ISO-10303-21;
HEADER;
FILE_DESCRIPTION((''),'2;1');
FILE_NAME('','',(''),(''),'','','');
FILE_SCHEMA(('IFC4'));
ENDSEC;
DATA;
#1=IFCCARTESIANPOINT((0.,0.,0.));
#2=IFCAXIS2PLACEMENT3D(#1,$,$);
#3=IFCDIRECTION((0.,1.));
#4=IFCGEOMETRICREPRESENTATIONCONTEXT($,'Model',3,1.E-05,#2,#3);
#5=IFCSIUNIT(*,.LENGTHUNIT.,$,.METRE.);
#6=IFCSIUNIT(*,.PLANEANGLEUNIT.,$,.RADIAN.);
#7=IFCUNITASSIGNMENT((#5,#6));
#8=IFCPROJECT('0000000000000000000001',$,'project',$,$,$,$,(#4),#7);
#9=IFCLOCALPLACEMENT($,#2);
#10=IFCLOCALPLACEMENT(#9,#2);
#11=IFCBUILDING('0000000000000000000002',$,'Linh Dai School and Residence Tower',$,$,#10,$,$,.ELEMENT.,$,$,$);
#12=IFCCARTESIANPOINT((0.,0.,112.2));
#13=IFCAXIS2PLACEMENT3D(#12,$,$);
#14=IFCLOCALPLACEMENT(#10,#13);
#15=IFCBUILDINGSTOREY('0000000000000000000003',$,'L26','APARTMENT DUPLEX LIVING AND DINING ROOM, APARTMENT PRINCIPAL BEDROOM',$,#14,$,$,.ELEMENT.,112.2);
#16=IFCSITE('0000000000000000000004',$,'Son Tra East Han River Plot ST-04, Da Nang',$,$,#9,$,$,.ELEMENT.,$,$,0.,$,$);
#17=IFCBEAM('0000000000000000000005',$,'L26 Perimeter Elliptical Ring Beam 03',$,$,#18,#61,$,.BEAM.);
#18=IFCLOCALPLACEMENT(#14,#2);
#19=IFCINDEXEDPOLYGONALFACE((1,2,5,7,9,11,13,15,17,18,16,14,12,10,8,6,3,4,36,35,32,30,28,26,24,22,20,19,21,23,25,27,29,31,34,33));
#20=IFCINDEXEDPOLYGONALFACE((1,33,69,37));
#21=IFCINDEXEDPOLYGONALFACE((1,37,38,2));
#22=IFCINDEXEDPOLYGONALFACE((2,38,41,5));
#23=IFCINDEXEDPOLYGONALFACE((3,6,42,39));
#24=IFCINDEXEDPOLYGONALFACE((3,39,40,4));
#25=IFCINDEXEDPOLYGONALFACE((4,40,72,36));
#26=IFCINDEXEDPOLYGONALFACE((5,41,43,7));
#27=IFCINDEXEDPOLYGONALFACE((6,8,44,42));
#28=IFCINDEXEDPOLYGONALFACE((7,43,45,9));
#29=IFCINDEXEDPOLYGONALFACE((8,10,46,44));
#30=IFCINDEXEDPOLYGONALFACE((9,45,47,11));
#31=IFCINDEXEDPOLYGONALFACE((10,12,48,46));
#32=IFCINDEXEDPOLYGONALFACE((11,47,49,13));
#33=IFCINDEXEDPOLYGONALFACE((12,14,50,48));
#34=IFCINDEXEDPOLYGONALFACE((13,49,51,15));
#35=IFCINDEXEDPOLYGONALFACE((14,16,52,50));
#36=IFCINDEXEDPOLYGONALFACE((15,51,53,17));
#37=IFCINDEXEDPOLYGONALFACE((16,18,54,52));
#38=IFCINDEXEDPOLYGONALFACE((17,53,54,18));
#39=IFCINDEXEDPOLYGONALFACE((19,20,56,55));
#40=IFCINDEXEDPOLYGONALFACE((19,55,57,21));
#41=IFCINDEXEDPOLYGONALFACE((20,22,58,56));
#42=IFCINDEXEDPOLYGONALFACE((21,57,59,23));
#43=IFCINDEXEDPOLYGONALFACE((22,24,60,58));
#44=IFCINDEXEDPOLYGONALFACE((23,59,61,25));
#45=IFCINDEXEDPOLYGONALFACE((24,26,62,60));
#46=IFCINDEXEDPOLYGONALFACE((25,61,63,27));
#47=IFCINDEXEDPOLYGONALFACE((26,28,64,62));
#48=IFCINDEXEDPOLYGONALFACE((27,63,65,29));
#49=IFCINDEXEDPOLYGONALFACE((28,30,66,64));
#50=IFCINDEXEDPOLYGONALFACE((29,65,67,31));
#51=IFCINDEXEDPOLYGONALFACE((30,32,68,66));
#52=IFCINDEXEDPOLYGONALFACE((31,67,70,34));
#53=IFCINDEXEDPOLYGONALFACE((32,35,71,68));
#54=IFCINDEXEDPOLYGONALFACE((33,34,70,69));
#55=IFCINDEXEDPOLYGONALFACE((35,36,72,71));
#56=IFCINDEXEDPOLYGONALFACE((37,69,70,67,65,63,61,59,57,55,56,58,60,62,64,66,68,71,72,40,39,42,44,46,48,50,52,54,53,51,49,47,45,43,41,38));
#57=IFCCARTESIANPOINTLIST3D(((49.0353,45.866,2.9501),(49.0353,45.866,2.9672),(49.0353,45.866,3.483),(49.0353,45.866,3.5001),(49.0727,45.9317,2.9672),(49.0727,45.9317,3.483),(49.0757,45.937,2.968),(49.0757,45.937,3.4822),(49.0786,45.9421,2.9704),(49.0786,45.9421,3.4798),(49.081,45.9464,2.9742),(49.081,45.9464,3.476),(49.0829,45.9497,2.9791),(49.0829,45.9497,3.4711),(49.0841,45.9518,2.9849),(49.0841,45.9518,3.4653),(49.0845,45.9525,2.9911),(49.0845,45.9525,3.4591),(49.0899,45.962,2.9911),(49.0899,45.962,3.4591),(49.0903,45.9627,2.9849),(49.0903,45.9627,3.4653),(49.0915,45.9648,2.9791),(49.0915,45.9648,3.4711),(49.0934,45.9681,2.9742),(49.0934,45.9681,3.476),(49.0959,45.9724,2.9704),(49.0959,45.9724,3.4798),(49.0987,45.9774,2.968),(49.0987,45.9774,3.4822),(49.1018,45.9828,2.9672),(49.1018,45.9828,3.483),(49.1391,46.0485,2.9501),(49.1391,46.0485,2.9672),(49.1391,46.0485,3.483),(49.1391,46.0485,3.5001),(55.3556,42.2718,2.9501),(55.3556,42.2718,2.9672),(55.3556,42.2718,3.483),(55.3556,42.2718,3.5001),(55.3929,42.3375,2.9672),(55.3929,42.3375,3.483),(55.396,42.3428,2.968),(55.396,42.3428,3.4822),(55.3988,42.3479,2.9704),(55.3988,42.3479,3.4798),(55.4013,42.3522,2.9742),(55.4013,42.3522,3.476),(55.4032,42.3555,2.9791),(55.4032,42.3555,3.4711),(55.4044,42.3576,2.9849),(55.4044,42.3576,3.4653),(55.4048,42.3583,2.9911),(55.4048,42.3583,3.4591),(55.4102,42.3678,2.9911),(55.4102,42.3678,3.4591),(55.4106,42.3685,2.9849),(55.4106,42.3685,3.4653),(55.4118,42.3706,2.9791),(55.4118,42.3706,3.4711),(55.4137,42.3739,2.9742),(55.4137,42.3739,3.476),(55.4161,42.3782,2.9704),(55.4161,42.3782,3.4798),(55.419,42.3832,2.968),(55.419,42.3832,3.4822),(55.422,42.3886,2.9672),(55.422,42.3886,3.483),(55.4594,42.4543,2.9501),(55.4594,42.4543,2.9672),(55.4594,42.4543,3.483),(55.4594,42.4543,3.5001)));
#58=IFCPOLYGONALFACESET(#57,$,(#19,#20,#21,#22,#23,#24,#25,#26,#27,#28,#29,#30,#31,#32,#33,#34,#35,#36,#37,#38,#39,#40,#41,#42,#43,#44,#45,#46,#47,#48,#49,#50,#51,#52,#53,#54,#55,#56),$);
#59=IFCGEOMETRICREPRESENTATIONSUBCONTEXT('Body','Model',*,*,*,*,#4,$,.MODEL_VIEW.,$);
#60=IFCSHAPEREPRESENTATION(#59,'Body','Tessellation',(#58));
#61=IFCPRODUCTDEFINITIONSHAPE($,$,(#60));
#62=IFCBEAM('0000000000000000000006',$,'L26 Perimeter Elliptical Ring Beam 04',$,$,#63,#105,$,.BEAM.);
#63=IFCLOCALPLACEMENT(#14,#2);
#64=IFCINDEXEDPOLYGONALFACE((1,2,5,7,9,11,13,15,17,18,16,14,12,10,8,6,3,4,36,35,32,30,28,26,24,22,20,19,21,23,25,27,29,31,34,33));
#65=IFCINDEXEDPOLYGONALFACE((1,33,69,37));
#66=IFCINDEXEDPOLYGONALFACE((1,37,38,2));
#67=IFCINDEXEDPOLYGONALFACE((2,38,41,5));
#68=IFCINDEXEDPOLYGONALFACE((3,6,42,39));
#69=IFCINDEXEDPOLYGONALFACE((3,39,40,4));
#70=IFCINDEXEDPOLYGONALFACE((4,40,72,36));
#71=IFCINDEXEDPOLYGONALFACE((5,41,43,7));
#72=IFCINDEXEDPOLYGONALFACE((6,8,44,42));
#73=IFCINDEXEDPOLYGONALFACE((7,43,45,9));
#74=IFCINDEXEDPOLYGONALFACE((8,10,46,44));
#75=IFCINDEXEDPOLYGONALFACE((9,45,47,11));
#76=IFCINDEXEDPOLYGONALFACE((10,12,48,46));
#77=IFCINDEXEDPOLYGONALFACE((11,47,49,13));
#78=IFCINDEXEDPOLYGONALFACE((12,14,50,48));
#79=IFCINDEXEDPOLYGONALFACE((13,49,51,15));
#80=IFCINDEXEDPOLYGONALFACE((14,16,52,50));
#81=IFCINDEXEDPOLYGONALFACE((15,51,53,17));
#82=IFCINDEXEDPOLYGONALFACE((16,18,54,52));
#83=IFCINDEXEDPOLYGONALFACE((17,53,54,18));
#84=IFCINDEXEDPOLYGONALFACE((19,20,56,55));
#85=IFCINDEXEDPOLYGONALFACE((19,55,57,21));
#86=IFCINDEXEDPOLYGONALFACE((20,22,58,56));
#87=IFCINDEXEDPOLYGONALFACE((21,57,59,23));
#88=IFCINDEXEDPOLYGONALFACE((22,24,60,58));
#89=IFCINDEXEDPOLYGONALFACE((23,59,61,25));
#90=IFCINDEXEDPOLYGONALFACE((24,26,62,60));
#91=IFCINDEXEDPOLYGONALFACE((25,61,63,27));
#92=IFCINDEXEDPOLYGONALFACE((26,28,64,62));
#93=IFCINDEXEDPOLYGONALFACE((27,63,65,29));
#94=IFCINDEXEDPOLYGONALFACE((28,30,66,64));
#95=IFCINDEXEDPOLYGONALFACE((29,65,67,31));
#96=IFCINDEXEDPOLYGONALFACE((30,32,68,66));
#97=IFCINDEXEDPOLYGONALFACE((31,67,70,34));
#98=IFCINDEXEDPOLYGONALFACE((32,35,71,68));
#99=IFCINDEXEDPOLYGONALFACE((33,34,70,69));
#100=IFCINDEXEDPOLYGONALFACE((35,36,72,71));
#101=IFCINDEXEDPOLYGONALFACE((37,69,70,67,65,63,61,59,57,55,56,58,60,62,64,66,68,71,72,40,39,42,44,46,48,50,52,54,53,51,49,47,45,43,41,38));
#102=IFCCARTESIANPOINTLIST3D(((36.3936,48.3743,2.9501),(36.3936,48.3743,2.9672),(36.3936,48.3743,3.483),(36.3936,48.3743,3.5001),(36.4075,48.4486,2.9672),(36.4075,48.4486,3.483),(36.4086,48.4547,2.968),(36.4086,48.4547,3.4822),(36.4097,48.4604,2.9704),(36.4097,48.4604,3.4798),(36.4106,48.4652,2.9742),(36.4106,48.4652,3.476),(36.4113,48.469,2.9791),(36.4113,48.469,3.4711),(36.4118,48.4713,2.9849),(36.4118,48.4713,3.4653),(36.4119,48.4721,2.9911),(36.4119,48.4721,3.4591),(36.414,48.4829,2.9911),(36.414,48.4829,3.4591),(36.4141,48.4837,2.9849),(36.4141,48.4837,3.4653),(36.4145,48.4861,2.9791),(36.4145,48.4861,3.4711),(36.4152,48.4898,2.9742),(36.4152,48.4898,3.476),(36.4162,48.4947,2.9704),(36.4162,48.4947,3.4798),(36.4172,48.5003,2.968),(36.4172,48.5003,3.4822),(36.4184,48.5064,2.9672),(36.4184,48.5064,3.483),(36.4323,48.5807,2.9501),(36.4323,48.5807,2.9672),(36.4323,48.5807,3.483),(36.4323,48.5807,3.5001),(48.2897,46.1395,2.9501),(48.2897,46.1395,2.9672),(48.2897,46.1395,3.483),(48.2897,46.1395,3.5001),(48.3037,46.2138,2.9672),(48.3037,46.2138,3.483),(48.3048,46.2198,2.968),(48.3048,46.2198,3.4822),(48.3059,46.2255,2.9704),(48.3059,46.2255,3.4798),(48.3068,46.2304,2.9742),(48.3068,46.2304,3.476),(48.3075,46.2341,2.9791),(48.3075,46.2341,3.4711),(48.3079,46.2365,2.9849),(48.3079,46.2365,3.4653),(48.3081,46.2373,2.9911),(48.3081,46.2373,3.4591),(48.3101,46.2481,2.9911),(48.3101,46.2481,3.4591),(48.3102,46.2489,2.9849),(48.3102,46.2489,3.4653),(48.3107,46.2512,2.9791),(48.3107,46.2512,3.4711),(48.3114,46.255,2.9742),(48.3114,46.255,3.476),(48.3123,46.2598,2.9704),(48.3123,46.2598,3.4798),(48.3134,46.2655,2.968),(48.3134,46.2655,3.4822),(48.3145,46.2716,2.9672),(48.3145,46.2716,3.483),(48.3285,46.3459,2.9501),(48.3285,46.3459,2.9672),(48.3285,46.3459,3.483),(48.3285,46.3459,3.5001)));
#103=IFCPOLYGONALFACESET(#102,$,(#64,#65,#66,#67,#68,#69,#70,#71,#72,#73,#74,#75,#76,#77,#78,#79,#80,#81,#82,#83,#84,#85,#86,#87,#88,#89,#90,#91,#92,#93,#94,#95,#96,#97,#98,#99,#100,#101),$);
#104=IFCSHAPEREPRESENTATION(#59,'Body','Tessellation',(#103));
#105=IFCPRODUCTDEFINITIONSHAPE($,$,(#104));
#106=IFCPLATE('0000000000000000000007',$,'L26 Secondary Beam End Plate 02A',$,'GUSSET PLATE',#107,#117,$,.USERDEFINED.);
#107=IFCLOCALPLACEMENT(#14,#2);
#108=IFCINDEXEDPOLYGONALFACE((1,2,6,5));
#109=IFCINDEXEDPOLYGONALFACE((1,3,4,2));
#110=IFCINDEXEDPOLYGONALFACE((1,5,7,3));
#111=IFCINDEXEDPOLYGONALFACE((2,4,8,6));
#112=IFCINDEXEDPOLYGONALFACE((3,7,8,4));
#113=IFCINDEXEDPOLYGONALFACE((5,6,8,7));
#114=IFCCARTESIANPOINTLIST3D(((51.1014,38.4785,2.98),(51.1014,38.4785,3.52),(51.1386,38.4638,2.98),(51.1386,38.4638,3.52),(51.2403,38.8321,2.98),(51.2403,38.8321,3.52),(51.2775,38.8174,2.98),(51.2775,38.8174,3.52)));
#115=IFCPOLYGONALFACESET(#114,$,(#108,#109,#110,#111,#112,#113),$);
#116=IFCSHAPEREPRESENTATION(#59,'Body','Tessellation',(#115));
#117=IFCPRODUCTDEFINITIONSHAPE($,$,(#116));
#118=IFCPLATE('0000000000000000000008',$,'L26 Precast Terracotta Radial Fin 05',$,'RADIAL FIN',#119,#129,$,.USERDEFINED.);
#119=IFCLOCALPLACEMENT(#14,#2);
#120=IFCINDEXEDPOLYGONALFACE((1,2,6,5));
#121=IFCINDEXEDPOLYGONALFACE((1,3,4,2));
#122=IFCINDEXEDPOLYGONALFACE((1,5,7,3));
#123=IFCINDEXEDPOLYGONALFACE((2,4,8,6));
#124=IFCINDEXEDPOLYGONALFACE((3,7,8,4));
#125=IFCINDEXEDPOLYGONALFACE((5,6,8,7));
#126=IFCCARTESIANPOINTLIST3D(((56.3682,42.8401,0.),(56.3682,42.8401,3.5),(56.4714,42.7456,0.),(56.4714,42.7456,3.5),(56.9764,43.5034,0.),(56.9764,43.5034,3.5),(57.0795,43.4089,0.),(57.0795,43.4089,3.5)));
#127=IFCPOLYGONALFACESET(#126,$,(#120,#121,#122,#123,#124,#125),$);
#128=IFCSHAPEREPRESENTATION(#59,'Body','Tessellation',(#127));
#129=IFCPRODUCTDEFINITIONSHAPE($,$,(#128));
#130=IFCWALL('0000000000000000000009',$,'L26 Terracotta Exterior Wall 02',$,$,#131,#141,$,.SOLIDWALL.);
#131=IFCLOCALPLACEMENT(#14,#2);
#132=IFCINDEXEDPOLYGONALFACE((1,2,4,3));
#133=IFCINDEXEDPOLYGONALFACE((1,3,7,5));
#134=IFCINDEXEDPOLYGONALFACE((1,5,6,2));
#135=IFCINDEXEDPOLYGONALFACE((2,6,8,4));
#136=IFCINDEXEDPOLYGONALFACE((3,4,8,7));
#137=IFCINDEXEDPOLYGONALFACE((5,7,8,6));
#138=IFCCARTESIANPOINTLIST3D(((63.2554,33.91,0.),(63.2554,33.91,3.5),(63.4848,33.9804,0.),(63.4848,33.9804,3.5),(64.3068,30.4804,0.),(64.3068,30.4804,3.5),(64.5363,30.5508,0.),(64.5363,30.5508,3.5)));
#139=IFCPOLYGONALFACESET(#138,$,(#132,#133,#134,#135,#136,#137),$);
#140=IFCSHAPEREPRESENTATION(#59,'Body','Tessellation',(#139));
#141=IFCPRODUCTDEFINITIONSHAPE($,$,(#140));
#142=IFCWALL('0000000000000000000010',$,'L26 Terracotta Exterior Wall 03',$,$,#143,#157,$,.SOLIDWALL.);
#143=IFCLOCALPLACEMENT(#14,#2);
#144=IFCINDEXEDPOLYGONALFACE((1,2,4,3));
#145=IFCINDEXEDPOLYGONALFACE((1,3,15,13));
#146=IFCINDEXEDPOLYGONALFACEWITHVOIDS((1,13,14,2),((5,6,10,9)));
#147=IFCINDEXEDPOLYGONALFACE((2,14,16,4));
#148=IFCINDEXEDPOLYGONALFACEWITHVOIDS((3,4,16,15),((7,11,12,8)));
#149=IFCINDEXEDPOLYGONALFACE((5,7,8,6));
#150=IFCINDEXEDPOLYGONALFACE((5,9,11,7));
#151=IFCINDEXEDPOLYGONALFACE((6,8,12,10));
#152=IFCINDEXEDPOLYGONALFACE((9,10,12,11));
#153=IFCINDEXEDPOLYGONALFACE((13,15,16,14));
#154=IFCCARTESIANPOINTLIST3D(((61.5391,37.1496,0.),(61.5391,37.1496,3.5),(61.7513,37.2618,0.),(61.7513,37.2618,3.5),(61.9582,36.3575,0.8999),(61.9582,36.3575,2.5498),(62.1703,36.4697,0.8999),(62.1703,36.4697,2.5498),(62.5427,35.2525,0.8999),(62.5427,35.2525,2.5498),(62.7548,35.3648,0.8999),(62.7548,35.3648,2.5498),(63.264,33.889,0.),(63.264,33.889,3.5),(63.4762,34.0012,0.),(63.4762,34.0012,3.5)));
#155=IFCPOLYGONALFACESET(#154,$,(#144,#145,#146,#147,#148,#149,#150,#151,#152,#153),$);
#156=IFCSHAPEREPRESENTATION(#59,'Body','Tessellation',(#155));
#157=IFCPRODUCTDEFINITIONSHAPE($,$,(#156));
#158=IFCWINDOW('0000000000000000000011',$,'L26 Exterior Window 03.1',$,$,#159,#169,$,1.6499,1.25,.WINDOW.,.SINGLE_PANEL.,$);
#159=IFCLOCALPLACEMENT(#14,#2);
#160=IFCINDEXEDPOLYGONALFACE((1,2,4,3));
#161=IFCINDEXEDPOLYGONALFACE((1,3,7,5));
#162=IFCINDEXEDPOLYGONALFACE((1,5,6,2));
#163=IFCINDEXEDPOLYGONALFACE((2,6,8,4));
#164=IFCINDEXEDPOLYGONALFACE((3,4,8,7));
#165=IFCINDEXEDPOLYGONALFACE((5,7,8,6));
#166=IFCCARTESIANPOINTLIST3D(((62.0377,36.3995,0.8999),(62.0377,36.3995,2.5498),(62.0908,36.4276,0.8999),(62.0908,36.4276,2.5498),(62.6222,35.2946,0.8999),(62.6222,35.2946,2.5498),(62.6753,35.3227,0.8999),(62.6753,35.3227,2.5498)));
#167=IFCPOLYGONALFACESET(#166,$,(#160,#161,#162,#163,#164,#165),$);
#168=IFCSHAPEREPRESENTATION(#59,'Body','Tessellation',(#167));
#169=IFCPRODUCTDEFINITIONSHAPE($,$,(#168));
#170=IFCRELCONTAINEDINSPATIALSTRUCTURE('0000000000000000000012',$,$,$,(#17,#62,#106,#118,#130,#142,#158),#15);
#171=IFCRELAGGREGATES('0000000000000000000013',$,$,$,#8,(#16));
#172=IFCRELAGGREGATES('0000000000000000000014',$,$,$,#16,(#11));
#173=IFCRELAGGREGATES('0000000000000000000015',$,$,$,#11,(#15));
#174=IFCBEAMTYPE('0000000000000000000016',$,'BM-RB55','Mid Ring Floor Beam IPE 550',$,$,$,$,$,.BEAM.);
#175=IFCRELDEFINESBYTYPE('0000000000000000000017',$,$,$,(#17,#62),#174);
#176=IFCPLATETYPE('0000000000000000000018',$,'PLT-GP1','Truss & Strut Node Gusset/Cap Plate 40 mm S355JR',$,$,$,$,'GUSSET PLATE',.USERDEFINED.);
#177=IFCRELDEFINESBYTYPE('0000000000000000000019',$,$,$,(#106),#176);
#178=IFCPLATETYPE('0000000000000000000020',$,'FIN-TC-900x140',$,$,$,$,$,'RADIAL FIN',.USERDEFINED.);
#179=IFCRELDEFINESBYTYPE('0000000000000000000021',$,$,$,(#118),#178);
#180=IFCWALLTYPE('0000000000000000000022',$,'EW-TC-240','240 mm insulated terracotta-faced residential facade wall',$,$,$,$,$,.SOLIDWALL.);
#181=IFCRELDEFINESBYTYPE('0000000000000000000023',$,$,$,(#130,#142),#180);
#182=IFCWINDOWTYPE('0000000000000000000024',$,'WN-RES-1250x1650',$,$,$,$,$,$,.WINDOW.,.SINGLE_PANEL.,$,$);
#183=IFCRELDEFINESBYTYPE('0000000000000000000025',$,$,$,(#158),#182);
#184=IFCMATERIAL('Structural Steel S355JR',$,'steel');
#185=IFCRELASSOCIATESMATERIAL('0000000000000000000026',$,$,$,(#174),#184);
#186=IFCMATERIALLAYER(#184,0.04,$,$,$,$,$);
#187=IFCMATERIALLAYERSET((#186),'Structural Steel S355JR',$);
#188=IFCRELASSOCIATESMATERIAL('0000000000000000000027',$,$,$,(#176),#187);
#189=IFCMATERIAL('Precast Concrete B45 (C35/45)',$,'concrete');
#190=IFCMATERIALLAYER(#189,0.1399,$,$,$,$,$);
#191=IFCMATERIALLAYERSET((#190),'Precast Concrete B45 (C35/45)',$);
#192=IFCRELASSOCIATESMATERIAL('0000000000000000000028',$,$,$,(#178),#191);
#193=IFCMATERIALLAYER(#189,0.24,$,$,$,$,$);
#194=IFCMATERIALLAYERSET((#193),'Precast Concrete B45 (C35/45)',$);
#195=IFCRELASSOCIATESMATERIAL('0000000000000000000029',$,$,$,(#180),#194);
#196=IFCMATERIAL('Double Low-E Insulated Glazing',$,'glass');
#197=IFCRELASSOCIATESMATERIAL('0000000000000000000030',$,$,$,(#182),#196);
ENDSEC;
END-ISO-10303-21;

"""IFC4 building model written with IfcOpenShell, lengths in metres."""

from ifc_helpers import new_model, si_unit, direction, frame, frame_2d, origin, origin_2d, place, context, subcontext, project, spatial, rectangle, i_section, extrude, source, transform, mapped, material, layer, layer_set, material_profile, profile_set, type_object, element, fill, save


model = new_model("IFC4")

# Units and contexts
model_context = context("Model", 3, precision=1e-05, world=origin(), true_north=direction((0.0, 1.0)))
body_context = subcontext(model_context, "Body", "Model", "MODEL_VIEW")
ifc_project = project(units=[si_unit("LENGTHUNIT", "METRE"), si_unit("PLANEANGLEUNIT", "RADIAN")], contexts=[model_context])

# Site, building, storey
site_placement = place(None, origin())
site = spatial("IfcSite", under=ifc_project, at=site_placement, Name="Son Tra East Han River Plot ST-04, Da Nang", CompositionType="ELEMENT", RefElevation=0.0)
building_placement = place(site_placement, origin())
building = spatial("IfcBuilding", under=site, at=building_placement, Name="Linh Dai School and Residence Tower", CompositionType="ELEMENT")
storey_placement = place(building_placement, frame((0.0, 0.0, 112.2)))
storey = spatial("IfcBuildingStorey", under=building, at=storey_placement, Name="L26", Description="APARTMENT DUPLEX LIVING AND DINING ROOM, APARTMENT PRINCIPAL BEDROOM", CompositionType="ELEMENT", Elevation=112.2)

# Shared definitions
ifc_material_1 = material(Name="Structural Steel S355JR", Category="steel")

# Beams
ifc_material_profile_1 = material_profile(ifc_material_1, i_section(OverallWidth=0.21, OverallDepth=0.55, WebThickness=0.011, FlangeThickness=0.0171, FilletRadius=0.0239, at=origin_2d()), Name="IPE 550")
ifc_profile_set_1 = profile_set([ifc_material_profile_1], Name="Structural Steel S355JR")
beam_type_1 = type_object("IfcBeamType", Name="BM-RB55", Description="Mid Ring Floor Beam IPE 550", PredefinedType="BEAM", material=ifc_profile_set_1)
beam_1_placement = place(storey_placement, frame((55.4075, 42.363, 3.2251), z_axis=(-0.86927, 0.494337, 0.0), x_axis=(-0.494337, -0.86927, 0.0)))
element("IfcBeam", 1, at=beam_1_placement, inside=storey, type_object=beam_type_1, Name="L26 Perimeter Elliptical Ring Beam 03", PredefinedType="BEAM", context=body_context, shape_type="SweptSolid", body=[
    extrude(i_section(OverallWidth=0.21, OverallDepth=0.55, WebThickness=0.011, FlangeThickness=0.0171, FilletRadius=0.0239, at=origin_2d()), origin(), (0.0, 0.0, 1.0), 7.2708),
])
beam_2_placement = place(storey_placement, frame((48.3091, 46.2427, 3.2251), z_axis=(-0.982808, 0.184633, 0.0), x_axis=(-0.184633, -0.982808, 0.0)))
element("IfcBeam", 2, at=beam_2_placement, inside=storey, type_object=beam_type_1, Name="L26 Perimeter Elliptical Ring Beam 04", PredefinedType="BEAM", context=body_context, shape_type="SweptSolid", body=[
    extrude(i_section(OverallWidth=0.21, OverallDepth=0.55, WebThickness=0.011, FlangeThickness=0.0171, FilletRadius=0.0239, at=origin_2d()), origin(), (0.0, 0.0, 1.0), 12.1042),
])

# Plates
ifc_layer_1 = layer(ifc_material_1, 0.04)
ifc_layer_set_1 = layer_set([ifc_layer_1], Name="Structural Steel S355JR")
plate_type_1 = type_object("IfcPlateType", Name="PLT-GP1", Description="Truss & Strut Node Gusset/Cap Plate 40 mm S355JR", ElementType="GUSSET PLATE", PredefinedType="USERDEFINED", material=ifc_layer_set_1)
shared_shape_1 = source(origin(), body_context, "Body", "SweptSolid", [
    extrude(rectangle(XDim=0.04, YDim=0.3799, at=origin_2d()), origin(), (0.0, 0.0, 1.0), 0.54),
])
plate_1_placement = place(storey_placement, frame((51.1895, 38.6479, 2.98), z_axis=(0.0, 0.0, 1.0), x_axis=(-0.930752, 0.36565, 0.0)))
element("IfcPlate", 3, at=plate_1_placement, inside=storey, type_object=plate_type_1, Name="L26 Secondary Beam End Plate 02A", ObjectType="GUSSET PLATE", PredefinedType="USERDEFINED", context=body_context, shape_type="MappedRepresentation", body=[
    mapped(shared_shape_1, transform((0.0, 0.0, 0.0), x_axis=(1.0, 0.0, 0.0), y_axis=(0.0, 1.0, 0.0), z_axis=(0.0, 0.0, 1.0), scale=1.0)),
])
ifc_material_2 = material(Name="Precast Concrete B45 (C35/45)", Category="concrete")
ifc_layer_2 = layer(ifc_material_2, 0.1399)
ifc_layer_set_2 = layer_set([ifc_layer_2], Name="Precast Concrete B45 (C35/45)")
plate_type_2 = type_object("IfcPlateType", Name="FIN-TC-900x140", ElementType="RADIAL FIN", PredefinedType="USERDEFINED", material=ifc_layer_set_2)
shared_shape_2 = source(origin(), body_context, "Body", "SweptSolid", [
    extrude(rectangle(XDim=0.8999, YDim=0.1399, at=origin_2d()), origin(), (0.0, 0.0, 1.0), 3.5),
])
plate_2_placement = place(storey_placement, frame((56.7239, 43.1245, 0.0), z_axis=(0.0, 0.0, 1.0), x_axis=(0.675783, 0.7371, 0.0)))
element("IfcPlate", 4, at=plate_2_placement, inside=storey, type_object=plate_type_2, Name="L26 Precast Terracotta Radial Fin 05", ObjectType="RADIAL FIN", PredefinedType="USERDEFINED", context=body_context, shape_type="MappedRepresentation", body=[
    mapped(shared_shape_2, transform((0.0, 0.0, 0.0), x_axis=(1.0, 0.0, 0.0), y_axis=(0.0, 1.0, 0.0), z_axis=(0.0, 0.0, 1.0), scale=1.0)),
])

# Wall
ifc_layer_3 = layer(ifc_material_2, 0.24)
ifc_layer_set_3 = layer_set([ifc_layer_3], Name="Precast Concrete B45 (C35/45)")
wall_type_1 = type_object("IfcWallType", Name="EW-TC-240", Description="240 mm insulated terracotta-faced residential facade wall", PredefinedType="SOLIDWALL", material=ifc_layer_set_3)
wall_1_placement = place(storey_placement, frame((63.3701, 33.9451, 0.0), z_axis=(0.0, 0.0, 1.0), x_axis=(0.293124, -0.956074, 0.0)))
element("IfcWall", 5, at=wall_1_placement, inside=storey, type_object=wall_type_1, Name="L26 Terracotta Exterior Wall 02", PredefinedType="SOLIDWALL", context=body_context, shape_type="SweptSolid", body=[
    extrude(rectangle(XDim=3.5872, YDim=0.24, at=frame_2d((1.7935, 0.0))), origin(), (0.0, 0.0, 1.0), 3.5),
])

# Wall, opening, window
wall_2_placement = place(storey_placement, frame((61.6453, 37.2056, 0.0), z_axis=(0.0, 0.0, 1.0), x_axis=(0.467614, -0.883933, 0.0)))
wall_2 = element("IfcWall", 6, at=wall_2_placement, inside=storey, type_object=wall_type_1, Name="L26 Terracotta Exterior Wall 03", PredefinedType="SOLIDWALL", context=body_context, shape_type="SweptSolid", body=[
    extrude(rectangle(XDim=3.6887, YDim=0.24, at=frame_2d((1.8442, 0.0))), origin(), (0.0, 0.0, 1.0), 3.5),
])
opening_1_placement = place(wall_2_placement, frame((0.896, 0.0, 0.8999)))
opening_1 = element("IfcOpeningElement", 7, at=opening_1_placement, cuts=wall_2, PredefinedType="OPENING", context=body_context, shape_type="SweptSolid", body=[
    extrude(rectangle(XDim=1.25, YDim=1.6499, at=origin_2d()), frame((0.625, 0.1299, 0.825), z_axis=(0.0, -1.0, 0.0), x_axis=(1.0, 0.0, 0.0)), (0.0, 0.0, 1.0), 0.26),
])
ifc_material_3 = material(Name="Double Low-E Insulated Glazing", Category="glass")
window_type_1 = type_object("IfcWindowType", Name="WN-RES-1250x1650", PartitioningType="SINGLE_PANEL", PredefinedType="WINDOW", material=ifc_material_3)
shared_shape_3 = source(origin(), body_context, "Body", "SweptSolid", [
    extrude(rectangle(XDim=1.25, YDim=1.6499, at=origin_2d()), frame((0.625, 0.03, 0.825), z_axis=(0.0, -1.0, 0.0), x_axis=(1.0, 0.0, 0.0)), (0.0, 0.0, 1.0), 0.0601),
])
window_1_placement = place(opening_1_placement, origin())
window_1 = element("IfcWindow", 8, at=window_1_placement, inside=storey, type_object=window_type_1, Name="L26 Exterior Window 03.1", OverallHeight=1.6499, OverallWidth=1.25, PartitioningType="SINGLE_PANEL", PredefinedType="WINDOW", context=body_context, shape_type="MappedRepresentation", body=[
    mapped(shared_shape_3, transform((0.0, 0.0, 0.0), x_axis=(1.0, 0.0, 0.0), y_axis=(0.0, 1.0, 0.0), z_axis=(0.0, 0.0, 1.0), scale=1.0)),
])
fill(opening_1, window_1)

save(model, "model.ifc")
